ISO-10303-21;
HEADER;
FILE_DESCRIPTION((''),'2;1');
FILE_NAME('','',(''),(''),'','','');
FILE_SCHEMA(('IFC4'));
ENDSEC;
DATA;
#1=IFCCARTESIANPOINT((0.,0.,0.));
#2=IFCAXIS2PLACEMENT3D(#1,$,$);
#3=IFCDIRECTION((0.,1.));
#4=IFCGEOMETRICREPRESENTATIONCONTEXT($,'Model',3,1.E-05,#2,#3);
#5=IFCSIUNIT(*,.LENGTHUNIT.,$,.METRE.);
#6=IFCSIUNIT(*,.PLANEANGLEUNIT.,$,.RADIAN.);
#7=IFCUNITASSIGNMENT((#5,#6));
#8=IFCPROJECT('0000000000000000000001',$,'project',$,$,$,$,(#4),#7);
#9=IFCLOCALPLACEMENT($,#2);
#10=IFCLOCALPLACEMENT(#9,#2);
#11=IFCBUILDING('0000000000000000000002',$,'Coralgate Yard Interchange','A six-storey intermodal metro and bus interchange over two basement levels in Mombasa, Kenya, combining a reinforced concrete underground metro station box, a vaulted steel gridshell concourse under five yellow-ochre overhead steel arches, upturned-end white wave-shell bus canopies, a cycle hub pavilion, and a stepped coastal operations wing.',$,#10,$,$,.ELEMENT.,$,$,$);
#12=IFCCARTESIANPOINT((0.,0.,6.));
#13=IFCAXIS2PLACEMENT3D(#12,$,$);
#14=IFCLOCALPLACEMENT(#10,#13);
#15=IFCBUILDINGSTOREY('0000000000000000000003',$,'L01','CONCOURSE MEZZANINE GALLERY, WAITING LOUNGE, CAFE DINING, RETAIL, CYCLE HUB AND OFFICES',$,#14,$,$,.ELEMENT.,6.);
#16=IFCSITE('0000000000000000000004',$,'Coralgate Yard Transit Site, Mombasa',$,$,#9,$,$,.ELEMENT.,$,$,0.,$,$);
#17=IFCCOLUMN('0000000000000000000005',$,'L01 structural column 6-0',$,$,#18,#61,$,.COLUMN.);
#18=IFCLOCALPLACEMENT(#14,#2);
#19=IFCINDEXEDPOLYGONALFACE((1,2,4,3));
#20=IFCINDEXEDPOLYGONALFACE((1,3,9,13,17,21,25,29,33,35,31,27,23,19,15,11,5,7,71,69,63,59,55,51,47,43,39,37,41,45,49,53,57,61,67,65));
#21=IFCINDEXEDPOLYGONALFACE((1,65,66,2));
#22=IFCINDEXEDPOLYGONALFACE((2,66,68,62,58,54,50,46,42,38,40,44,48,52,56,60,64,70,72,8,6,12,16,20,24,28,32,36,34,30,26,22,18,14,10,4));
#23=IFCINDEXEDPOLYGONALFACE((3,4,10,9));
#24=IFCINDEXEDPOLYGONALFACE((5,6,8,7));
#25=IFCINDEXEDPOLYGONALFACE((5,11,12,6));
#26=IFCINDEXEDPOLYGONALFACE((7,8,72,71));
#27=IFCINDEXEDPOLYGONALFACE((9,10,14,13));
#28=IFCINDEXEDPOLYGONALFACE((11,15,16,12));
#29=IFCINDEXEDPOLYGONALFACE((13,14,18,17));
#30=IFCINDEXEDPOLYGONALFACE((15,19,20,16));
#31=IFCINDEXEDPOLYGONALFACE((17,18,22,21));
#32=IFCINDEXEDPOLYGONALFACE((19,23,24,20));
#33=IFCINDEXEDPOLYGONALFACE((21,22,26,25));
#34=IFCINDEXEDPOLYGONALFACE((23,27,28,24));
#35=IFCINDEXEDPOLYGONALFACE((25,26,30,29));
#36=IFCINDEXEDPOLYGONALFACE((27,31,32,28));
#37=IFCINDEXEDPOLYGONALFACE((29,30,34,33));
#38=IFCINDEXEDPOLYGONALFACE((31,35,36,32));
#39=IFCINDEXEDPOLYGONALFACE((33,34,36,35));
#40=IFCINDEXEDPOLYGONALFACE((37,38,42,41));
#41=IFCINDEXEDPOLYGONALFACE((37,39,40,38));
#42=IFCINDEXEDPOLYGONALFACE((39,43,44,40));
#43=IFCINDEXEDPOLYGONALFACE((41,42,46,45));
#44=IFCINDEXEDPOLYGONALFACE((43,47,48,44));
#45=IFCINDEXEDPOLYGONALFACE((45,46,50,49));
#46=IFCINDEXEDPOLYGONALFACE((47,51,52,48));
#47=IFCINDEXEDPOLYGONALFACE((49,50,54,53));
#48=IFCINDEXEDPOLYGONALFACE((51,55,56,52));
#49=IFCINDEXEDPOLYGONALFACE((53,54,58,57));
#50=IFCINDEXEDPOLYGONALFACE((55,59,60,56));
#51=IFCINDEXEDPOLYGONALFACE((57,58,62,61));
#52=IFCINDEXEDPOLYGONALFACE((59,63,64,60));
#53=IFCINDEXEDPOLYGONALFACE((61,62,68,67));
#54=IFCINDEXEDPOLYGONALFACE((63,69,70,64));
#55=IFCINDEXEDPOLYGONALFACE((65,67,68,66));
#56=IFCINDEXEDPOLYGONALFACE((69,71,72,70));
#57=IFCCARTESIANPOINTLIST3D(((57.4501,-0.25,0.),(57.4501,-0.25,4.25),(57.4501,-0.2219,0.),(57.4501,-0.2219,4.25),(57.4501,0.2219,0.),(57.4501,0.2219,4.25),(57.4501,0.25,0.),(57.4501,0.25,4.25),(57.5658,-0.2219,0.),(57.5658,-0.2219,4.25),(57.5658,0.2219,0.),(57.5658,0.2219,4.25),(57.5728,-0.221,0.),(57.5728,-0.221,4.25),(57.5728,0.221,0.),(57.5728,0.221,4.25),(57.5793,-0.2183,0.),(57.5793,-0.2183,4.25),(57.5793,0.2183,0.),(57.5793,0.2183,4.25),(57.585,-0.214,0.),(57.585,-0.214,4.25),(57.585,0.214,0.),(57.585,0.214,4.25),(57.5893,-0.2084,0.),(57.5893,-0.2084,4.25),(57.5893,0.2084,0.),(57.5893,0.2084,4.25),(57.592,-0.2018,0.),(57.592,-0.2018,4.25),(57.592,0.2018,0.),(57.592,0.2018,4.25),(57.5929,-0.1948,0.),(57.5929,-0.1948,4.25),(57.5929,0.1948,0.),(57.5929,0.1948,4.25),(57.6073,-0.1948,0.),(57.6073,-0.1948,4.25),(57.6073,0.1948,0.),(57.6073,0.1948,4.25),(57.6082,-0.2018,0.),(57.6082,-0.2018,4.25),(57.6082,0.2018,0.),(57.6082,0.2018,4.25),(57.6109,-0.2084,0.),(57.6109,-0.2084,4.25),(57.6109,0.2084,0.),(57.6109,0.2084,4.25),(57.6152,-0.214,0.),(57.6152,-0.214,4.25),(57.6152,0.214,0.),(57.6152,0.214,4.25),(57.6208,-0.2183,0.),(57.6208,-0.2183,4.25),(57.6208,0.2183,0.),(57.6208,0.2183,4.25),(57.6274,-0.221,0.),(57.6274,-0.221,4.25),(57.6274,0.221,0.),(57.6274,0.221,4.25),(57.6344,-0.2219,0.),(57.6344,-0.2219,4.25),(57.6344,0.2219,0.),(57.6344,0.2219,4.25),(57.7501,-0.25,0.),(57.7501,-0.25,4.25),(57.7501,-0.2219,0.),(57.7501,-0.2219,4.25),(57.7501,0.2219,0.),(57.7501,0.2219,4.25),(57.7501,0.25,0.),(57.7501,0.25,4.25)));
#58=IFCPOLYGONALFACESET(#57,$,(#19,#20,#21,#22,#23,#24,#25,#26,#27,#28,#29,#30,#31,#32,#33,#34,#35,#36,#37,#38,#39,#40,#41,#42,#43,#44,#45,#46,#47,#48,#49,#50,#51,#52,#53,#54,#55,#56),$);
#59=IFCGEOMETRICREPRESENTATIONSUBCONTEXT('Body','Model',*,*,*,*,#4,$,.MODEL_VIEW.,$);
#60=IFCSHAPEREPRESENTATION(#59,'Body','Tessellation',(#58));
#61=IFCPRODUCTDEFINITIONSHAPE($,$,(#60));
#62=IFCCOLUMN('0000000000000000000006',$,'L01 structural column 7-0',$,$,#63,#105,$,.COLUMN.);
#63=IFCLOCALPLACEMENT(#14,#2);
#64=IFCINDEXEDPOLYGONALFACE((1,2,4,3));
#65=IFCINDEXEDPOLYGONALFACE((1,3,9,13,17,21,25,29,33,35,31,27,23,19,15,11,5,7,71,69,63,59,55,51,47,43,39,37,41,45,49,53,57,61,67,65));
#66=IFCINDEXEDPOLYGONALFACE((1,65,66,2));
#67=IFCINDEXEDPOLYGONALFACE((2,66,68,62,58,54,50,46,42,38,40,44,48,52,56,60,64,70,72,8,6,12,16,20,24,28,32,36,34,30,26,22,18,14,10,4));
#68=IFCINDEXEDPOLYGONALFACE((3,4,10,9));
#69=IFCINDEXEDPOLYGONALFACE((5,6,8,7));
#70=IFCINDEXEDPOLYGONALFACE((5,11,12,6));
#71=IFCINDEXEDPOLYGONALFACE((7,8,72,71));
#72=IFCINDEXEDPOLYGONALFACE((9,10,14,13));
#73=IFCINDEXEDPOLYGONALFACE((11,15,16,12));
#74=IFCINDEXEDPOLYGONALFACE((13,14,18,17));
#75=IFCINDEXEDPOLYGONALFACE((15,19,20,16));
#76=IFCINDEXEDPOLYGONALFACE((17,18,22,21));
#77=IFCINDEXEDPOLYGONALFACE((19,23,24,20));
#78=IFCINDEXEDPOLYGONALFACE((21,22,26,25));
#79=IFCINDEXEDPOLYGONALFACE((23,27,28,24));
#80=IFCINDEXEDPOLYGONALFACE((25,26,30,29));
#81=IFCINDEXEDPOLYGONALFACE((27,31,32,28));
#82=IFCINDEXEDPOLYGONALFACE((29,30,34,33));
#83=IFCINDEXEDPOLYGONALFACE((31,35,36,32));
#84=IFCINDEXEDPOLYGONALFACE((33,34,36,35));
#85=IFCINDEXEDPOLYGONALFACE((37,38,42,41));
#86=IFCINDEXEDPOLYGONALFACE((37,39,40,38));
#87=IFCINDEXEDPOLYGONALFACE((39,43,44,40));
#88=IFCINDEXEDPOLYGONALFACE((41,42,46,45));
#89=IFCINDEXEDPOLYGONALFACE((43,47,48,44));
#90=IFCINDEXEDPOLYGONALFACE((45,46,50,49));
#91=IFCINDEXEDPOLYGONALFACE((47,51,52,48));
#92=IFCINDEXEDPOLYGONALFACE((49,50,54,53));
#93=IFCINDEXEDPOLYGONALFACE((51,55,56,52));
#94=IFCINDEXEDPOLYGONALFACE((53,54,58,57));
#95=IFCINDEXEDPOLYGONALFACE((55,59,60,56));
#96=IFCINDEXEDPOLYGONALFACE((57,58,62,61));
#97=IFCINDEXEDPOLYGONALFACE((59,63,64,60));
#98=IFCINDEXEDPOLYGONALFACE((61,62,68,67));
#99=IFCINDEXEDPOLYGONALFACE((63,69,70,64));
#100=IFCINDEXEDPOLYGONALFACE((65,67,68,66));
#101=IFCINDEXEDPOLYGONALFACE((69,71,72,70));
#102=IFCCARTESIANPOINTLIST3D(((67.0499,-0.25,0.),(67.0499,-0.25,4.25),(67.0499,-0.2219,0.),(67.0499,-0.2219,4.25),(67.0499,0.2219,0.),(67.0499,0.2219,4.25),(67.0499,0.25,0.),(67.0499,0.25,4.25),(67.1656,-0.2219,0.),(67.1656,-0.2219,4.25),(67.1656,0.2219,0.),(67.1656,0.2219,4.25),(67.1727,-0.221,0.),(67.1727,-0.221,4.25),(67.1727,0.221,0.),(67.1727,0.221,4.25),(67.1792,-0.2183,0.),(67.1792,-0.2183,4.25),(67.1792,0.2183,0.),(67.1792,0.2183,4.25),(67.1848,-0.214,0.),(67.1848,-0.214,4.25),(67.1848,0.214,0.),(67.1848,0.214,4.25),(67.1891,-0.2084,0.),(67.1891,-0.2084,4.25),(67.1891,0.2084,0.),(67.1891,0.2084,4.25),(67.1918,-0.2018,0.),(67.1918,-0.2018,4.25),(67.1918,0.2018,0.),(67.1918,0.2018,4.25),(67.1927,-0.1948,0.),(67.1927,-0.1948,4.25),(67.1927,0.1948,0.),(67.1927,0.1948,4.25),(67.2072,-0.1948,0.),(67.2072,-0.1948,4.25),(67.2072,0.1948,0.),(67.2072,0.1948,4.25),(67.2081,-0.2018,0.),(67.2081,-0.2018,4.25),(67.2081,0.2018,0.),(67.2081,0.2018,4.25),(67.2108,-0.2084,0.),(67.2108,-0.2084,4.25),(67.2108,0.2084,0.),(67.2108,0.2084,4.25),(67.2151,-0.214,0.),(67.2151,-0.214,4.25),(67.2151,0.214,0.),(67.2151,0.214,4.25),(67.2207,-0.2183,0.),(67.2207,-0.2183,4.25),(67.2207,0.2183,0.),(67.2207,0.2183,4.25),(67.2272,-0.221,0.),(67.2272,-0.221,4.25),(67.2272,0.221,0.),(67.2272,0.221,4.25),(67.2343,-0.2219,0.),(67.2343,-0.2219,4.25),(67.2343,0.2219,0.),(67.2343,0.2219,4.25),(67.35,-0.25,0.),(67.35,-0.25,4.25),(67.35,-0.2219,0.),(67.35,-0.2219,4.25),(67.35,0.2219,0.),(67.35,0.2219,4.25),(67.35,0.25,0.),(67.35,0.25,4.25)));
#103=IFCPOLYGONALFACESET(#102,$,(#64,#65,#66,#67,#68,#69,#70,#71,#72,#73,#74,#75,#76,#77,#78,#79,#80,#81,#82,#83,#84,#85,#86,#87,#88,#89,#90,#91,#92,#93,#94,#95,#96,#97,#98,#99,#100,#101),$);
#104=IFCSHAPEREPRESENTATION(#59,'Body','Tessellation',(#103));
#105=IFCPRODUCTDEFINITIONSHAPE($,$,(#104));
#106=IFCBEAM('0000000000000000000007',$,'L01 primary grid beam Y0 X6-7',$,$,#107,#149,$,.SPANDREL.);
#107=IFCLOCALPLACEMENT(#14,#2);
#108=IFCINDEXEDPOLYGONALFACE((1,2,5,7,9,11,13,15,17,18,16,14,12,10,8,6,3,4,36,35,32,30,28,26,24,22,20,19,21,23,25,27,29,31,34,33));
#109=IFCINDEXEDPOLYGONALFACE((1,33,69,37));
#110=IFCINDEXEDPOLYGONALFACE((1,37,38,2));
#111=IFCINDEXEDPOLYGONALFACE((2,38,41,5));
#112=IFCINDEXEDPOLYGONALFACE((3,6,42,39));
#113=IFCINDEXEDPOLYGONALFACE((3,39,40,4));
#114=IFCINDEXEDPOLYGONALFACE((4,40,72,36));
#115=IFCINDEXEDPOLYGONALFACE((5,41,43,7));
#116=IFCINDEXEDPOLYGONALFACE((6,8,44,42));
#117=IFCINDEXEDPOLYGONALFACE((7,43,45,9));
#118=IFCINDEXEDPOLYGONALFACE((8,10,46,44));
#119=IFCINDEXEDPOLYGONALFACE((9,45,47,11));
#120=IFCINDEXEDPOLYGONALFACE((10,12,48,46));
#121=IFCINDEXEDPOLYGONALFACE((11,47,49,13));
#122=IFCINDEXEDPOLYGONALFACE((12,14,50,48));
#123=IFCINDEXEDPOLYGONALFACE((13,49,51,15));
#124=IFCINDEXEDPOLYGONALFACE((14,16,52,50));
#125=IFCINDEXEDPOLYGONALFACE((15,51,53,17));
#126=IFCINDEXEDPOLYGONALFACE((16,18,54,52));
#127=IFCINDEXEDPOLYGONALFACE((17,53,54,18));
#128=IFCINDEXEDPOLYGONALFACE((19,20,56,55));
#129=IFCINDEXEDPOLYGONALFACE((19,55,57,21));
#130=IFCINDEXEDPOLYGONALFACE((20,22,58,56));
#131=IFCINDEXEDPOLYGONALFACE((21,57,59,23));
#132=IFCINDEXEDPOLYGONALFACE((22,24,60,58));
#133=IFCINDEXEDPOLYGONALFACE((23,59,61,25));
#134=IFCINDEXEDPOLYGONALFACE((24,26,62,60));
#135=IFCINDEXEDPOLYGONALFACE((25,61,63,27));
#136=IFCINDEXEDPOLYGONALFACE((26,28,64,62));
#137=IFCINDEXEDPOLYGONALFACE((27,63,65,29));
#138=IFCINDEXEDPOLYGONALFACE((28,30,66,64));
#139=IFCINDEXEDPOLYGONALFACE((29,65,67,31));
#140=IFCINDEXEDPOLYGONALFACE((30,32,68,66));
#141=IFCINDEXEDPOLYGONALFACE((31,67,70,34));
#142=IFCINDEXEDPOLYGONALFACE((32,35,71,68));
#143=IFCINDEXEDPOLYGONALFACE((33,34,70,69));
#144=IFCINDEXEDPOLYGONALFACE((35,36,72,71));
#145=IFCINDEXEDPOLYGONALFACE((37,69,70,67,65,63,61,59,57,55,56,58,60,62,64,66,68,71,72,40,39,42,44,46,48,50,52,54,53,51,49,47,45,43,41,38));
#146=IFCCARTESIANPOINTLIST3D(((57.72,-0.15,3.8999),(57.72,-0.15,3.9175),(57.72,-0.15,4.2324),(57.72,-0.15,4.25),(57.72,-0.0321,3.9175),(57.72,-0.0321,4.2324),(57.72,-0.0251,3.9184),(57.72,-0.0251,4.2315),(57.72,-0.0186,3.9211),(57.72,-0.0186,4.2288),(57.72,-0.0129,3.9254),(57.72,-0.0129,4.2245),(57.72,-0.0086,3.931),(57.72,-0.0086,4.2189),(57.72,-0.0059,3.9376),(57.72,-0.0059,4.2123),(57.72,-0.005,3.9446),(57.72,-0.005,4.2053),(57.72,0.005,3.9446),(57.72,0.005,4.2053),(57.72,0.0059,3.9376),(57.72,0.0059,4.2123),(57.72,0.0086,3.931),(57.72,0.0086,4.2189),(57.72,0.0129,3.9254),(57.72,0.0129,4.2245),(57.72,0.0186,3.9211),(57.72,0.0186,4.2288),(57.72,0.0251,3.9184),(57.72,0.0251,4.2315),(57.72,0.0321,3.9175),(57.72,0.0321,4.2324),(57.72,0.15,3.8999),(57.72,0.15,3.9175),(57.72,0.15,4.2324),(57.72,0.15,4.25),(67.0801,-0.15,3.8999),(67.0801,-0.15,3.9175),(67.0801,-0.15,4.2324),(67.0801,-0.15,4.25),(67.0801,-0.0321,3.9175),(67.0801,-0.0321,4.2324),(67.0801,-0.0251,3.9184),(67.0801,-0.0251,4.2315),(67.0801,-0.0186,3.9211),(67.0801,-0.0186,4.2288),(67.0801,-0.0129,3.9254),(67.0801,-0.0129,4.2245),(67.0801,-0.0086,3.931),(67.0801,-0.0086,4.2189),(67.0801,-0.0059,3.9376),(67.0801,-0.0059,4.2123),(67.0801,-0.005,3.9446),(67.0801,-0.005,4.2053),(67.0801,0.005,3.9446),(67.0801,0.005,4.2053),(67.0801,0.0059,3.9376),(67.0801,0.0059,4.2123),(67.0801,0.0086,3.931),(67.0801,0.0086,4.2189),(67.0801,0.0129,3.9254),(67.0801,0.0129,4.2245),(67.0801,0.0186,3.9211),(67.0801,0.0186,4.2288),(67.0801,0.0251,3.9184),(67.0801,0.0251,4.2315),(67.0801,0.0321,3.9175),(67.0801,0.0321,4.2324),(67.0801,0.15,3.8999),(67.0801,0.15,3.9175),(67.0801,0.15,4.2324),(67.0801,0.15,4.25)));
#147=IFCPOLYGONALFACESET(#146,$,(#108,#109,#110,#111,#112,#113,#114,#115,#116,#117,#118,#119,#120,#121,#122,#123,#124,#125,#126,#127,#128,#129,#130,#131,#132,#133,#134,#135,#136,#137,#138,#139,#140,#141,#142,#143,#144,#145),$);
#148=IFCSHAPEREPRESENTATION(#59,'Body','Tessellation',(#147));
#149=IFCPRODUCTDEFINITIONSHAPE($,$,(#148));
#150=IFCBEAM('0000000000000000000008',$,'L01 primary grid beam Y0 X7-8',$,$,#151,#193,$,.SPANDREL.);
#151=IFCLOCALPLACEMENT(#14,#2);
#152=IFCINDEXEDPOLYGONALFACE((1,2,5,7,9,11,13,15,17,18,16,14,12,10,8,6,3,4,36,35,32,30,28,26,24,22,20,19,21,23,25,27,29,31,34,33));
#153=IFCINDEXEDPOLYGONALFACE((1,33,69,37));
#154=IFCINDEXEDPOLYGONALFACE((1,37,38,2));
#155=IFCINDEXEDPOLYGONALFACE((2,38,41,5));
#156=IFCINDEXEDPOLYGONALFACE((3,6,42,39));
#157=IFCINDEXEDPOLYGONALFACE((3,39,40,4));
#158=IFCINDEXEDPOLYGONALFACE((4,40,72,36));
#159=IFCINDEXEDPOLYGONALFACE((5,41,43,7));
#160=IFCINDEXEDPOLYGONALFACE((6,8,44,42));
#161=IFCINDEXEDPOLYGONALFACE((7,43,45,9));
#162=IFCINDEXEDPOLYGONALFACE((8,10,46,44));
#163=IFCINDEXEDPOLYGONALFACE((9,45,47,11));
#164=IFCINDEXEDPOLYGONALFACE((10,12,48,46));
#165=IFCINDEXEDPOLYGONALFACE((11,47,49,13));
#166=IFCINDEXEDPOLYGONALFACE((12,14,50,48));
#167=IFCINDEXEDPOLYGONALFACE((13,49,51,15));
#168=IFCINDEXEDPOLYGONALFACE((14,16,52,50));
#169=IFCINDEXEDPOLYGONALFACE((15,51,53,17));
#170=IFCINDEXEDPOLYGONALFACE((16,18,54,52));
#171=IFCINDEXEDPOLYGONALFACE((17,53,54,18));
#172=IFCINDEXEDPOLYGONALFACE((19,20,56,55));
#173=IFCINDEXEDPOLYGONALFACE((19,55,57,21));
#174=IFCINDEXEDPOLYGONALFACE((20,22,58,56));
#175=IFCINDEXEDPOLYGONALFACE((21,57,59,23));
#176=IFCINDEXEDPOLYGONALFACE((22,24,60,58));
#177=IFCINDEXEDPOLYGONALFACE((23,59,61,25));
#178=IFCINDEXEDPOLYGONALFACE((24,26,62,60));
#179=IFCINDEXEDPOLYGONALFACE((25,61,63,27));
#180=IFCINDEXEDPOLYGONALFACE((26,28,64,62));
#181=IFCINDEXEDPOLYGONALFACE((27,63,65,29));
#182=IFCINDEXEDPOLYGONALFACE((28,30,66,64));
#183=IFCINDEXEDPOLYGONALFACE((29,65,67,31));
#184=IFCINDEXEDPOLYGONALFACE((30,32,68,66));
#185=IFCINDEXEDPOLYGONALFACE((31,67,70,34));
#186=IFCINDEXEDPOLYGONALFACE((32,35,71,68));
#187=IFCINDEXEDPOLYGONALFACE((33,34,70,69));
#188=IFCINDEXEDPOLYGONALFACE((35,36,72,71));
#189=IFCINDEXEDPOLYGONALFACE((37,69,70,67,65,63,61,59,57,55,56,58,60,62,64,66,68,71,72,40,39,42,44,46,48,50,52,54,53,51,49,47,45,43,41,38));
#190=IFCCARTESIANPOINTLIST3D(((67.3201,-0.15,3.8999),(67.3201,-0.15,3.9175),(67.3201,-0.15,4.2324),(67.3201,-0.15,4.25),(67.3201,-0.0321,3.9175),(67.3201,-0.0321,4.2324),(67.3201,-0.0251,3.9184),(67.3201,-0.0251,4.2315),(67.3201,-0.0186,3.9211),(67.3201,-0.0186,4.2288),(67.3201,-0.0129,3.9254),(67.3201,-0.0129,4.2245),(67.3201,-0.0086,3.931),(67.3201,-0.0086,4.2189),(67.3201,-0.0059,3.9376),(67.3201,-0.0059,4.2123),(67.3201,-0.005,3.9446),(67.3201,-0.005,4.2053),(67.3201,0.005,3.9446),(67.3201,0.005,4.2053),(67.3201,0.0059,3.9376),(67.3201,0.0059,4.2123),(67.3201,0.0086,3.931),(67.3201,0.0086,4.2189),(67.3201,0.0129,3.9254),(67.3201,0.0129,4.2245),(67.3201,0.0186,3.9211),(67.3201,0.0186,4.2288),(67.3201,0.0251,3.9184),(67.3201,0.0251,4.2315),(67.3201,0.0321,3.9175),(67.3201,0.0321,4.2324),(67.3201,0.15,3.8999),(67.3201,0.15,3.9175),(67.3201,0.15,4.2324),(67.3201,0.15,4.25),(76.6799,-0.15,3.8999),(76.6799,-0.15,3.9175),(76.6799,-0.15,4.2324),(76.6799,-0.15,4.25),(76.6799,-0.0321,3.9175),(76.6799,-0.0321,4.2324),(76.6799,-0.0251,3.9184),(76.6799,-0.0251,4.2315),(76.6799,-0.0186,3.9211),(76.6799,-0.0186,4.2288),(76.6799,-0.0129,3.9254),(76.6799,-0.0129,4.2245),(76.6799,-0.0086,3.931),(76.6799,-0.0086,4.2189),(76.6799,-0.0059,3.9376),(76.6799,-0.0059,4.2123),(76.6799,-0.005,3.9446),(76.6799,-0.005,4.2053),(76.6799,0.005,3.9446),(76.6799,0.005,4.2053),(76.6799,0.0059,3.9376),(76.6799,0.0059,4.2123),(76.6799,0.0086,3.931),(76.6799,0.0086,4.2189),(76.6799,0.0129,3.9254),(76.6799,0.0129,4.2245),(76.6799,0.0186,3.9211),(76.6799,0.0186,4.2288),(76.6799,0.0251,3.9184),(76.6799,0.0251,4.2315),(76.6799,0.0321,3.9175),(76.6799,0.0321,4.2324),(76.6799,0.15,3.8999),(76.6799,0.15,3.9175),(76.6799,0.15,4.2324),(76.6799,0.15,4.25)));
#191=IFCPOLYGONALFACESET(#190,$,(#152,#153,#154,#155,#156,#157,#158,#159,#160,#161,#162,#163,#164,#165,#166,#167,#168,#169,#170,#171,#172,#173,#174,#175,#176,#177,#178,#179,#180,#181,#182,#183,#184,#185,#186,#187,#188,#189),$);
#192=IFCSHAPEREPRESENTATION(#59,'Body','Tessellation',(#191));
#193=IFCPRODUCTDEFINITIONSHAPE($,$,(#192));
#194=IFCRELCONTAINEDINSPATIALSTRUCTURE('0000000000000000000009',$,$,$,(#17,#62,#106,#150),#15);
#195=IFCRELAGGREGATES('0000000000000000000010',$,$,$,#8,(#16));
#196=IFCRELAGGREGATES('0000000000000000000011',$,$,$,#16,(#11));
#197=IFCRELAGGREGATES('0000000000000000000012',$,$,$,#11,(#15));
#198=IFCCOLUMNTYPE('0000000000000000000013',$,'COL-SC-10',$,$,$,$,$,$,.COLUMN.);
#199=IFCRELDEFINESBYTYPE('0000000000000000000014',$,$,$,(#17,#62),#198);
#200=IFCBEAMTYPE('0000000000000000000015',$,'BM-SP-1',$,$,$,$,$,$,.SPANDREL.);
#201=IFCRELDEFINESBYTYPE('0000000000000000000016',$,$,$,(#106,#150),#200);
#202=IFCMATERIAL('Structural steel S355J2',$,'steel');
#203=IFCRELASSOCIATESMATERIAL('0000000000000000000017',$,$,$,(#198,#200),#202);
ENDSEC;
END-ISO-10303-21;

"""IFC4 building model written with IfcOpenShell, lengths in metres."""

from ifc_helpers import new_model, si_unit, direction, frame, origin, origin_2d, place, context, subcontext, project, spatial, i_section, extrude, material, material_profile, profile_set, type_object, element, save


model = new_model("IFC4")

# Units and contexts
model_context = context("Model", 3, precision=1e-05, world=origin(), true_north=direction((0.0, 1.0)))
body_context = subcontext(model_context, "Body", "Model", "MODEL_VIEW")
ifc_project = project(units=[si_unit("LENGTHUNIT", "METRE"), si_unit("PLANEANGLEUNIT", "RADIAN")], contexts=[model_context])

# Site, building, storey
site_placement = place(None, origin())
site = spatial("IfcSite", under=ifc_project, at=site_placement, Name="Coralgate Yard Transit Site, Mombasa", CompositionType="ELEMENT", RefElevation=0.0)
building_placement = place(site_placement, origin())
building = spatial("IfcBuilding", under=site, at=building_placement, Name="Coralgate Yard Interchange", Description="A six-storey intermodal metro and bus interchange over two basement levels in Mombasa, Kenya, combining a reinforced concrete underground metro station box, a vaulted steel gridshell concourse under five yellow-ochre overhead steel arches, upturned-end white wave-shell bus canopies, a cycle hub pavilion, and a stepped coastal operations wing.", CompositionType="ELEMENT")
storey_placement = place(building_placement, frame((0.0, 0.0, 6.0)))
storey = spatial("IfcBuildingStorey", under=building, at=storey_placement, Name="L01", Description="CONCOURSE MEZZANINE GALLERY, WAITING LOUNGE, CAFE DINING, RETAIL, CYCLE HUB AND OFFICES", CompositionType="ELEMENT", Elevation=6.0)

# Columns
ifc_material_1 = material(Name="Structural steel S355J2", Category="steel")
ifc_material_profile_1 = material_profile(ifc_material_1, i_section(OverallWidth=0.3, OverallDepth=0.5, WebThickness=0.0144, FlangeThickness=0.0281, FilletRadius=0.0271, at=origin_2d()), Name="HEB 500")
ifc_profile_set_1 = profile_set([ifc_material_profile_1], Name="Structural steel S355J2")
column_type = type_object("IfcColumnType", Name="COL-SC-10", PredefinedType="COLUMN", material=ifc_profile_set_1)
for number, where, z_axis, x_axis, name in (
    (1, (57.6001, 0.0, 0.0), (0.0, 0.0, 1.0), (1.0, 0.0, 0.0), "L01 structural column 6-0"),
    (2, (67.2, 0.0, 0.0), (0.0, 0.0, 1.0), (1.0, 0.0, 0.0), "L01 structural column 7-0"),
):
    element("IfcColumn", number, at=place(storey_placement, frame(where, z_axis=z_axis, x_axis=x_axis)), inside=storey, type_object=column_type, Name=name, PredefinedType="COLUMN", context=body_context, shape_type="SweptSolid", body=[
        extrude(i_section(OverallWidth=0.3, OverallDepth=0.5, WebThickness=0.0144, FlangeThickness=0.0281, FilletRadius=0.0271, at=origin_2d()), origin(), (0.0, 0.0, 1.0), 4.25),
    ])

# Beams
ifc_material_profile_2 = material_profile(ifc_material_1, i_section(OverallWidth=0.3, OverallDepth=0.3501, WebThickness=0.01, FlangeThickness=0.0176, FilletRadius=0.0271, at=origin_2d()), Name="HEA 360")
ifc_profile_set_2 = profile_set([ifc_material_profile_2], Name="Structural steel S355J2")
beam_type = type_object("IfcBeamType", Name="BM-SP-1", PredefinedType="SPANDREL", material=ifc_profile_set_2)
beam_1_placement = place(storey_placement, frame((57.72, 0.0, 4.075), z_axis=(1.0, 0.0, 0.0), x_axis=(0.0, 1.0, 0.0)))
element("IfcBeam", 3, at=beam_1_placement, inside=storey, type_object=beam_type, Name="L01 primary grid beam Y0 X6-7", PredefinedType="SPANDREL", context=body_context, shape_type="SweptSolid", body=[
    extrude(i_section(OverallWidth=0.3, OverallDepth=0.3501, WebThickness=0.01, FlangeThickness=0.0176, FilletRadius=0.0271, at=origin_2d()), origin(), (0.0, 0.0, 1.0), 9.3601),
])
beam_2_placement = place(storey_placement, frame((67.3201, 0.0, 4.075), z_axis=(1.0, 0.0, 0.0), x_axis=(0.0, 1.0, 0.0)))
element("IfcBeam", 4, at=beam_2_placement, inside=storey, type_object=beam_type, Name="L01 primary grid beam Y0 X7-8", PredefinedType="SPANDREL", context=body_context, shape_type="SweptSolid", body=[
    extrude(i_section(OverallWidth=0.3, OverallDepth=0.3501, WebThickness=0.01, FlangeThickness=0.0176, FilletRadius=0.0271, at=origin_2d()), origin(), (0.0, 0.0, 1.0), 9.3599),
])

save(model, "model.ifc")
